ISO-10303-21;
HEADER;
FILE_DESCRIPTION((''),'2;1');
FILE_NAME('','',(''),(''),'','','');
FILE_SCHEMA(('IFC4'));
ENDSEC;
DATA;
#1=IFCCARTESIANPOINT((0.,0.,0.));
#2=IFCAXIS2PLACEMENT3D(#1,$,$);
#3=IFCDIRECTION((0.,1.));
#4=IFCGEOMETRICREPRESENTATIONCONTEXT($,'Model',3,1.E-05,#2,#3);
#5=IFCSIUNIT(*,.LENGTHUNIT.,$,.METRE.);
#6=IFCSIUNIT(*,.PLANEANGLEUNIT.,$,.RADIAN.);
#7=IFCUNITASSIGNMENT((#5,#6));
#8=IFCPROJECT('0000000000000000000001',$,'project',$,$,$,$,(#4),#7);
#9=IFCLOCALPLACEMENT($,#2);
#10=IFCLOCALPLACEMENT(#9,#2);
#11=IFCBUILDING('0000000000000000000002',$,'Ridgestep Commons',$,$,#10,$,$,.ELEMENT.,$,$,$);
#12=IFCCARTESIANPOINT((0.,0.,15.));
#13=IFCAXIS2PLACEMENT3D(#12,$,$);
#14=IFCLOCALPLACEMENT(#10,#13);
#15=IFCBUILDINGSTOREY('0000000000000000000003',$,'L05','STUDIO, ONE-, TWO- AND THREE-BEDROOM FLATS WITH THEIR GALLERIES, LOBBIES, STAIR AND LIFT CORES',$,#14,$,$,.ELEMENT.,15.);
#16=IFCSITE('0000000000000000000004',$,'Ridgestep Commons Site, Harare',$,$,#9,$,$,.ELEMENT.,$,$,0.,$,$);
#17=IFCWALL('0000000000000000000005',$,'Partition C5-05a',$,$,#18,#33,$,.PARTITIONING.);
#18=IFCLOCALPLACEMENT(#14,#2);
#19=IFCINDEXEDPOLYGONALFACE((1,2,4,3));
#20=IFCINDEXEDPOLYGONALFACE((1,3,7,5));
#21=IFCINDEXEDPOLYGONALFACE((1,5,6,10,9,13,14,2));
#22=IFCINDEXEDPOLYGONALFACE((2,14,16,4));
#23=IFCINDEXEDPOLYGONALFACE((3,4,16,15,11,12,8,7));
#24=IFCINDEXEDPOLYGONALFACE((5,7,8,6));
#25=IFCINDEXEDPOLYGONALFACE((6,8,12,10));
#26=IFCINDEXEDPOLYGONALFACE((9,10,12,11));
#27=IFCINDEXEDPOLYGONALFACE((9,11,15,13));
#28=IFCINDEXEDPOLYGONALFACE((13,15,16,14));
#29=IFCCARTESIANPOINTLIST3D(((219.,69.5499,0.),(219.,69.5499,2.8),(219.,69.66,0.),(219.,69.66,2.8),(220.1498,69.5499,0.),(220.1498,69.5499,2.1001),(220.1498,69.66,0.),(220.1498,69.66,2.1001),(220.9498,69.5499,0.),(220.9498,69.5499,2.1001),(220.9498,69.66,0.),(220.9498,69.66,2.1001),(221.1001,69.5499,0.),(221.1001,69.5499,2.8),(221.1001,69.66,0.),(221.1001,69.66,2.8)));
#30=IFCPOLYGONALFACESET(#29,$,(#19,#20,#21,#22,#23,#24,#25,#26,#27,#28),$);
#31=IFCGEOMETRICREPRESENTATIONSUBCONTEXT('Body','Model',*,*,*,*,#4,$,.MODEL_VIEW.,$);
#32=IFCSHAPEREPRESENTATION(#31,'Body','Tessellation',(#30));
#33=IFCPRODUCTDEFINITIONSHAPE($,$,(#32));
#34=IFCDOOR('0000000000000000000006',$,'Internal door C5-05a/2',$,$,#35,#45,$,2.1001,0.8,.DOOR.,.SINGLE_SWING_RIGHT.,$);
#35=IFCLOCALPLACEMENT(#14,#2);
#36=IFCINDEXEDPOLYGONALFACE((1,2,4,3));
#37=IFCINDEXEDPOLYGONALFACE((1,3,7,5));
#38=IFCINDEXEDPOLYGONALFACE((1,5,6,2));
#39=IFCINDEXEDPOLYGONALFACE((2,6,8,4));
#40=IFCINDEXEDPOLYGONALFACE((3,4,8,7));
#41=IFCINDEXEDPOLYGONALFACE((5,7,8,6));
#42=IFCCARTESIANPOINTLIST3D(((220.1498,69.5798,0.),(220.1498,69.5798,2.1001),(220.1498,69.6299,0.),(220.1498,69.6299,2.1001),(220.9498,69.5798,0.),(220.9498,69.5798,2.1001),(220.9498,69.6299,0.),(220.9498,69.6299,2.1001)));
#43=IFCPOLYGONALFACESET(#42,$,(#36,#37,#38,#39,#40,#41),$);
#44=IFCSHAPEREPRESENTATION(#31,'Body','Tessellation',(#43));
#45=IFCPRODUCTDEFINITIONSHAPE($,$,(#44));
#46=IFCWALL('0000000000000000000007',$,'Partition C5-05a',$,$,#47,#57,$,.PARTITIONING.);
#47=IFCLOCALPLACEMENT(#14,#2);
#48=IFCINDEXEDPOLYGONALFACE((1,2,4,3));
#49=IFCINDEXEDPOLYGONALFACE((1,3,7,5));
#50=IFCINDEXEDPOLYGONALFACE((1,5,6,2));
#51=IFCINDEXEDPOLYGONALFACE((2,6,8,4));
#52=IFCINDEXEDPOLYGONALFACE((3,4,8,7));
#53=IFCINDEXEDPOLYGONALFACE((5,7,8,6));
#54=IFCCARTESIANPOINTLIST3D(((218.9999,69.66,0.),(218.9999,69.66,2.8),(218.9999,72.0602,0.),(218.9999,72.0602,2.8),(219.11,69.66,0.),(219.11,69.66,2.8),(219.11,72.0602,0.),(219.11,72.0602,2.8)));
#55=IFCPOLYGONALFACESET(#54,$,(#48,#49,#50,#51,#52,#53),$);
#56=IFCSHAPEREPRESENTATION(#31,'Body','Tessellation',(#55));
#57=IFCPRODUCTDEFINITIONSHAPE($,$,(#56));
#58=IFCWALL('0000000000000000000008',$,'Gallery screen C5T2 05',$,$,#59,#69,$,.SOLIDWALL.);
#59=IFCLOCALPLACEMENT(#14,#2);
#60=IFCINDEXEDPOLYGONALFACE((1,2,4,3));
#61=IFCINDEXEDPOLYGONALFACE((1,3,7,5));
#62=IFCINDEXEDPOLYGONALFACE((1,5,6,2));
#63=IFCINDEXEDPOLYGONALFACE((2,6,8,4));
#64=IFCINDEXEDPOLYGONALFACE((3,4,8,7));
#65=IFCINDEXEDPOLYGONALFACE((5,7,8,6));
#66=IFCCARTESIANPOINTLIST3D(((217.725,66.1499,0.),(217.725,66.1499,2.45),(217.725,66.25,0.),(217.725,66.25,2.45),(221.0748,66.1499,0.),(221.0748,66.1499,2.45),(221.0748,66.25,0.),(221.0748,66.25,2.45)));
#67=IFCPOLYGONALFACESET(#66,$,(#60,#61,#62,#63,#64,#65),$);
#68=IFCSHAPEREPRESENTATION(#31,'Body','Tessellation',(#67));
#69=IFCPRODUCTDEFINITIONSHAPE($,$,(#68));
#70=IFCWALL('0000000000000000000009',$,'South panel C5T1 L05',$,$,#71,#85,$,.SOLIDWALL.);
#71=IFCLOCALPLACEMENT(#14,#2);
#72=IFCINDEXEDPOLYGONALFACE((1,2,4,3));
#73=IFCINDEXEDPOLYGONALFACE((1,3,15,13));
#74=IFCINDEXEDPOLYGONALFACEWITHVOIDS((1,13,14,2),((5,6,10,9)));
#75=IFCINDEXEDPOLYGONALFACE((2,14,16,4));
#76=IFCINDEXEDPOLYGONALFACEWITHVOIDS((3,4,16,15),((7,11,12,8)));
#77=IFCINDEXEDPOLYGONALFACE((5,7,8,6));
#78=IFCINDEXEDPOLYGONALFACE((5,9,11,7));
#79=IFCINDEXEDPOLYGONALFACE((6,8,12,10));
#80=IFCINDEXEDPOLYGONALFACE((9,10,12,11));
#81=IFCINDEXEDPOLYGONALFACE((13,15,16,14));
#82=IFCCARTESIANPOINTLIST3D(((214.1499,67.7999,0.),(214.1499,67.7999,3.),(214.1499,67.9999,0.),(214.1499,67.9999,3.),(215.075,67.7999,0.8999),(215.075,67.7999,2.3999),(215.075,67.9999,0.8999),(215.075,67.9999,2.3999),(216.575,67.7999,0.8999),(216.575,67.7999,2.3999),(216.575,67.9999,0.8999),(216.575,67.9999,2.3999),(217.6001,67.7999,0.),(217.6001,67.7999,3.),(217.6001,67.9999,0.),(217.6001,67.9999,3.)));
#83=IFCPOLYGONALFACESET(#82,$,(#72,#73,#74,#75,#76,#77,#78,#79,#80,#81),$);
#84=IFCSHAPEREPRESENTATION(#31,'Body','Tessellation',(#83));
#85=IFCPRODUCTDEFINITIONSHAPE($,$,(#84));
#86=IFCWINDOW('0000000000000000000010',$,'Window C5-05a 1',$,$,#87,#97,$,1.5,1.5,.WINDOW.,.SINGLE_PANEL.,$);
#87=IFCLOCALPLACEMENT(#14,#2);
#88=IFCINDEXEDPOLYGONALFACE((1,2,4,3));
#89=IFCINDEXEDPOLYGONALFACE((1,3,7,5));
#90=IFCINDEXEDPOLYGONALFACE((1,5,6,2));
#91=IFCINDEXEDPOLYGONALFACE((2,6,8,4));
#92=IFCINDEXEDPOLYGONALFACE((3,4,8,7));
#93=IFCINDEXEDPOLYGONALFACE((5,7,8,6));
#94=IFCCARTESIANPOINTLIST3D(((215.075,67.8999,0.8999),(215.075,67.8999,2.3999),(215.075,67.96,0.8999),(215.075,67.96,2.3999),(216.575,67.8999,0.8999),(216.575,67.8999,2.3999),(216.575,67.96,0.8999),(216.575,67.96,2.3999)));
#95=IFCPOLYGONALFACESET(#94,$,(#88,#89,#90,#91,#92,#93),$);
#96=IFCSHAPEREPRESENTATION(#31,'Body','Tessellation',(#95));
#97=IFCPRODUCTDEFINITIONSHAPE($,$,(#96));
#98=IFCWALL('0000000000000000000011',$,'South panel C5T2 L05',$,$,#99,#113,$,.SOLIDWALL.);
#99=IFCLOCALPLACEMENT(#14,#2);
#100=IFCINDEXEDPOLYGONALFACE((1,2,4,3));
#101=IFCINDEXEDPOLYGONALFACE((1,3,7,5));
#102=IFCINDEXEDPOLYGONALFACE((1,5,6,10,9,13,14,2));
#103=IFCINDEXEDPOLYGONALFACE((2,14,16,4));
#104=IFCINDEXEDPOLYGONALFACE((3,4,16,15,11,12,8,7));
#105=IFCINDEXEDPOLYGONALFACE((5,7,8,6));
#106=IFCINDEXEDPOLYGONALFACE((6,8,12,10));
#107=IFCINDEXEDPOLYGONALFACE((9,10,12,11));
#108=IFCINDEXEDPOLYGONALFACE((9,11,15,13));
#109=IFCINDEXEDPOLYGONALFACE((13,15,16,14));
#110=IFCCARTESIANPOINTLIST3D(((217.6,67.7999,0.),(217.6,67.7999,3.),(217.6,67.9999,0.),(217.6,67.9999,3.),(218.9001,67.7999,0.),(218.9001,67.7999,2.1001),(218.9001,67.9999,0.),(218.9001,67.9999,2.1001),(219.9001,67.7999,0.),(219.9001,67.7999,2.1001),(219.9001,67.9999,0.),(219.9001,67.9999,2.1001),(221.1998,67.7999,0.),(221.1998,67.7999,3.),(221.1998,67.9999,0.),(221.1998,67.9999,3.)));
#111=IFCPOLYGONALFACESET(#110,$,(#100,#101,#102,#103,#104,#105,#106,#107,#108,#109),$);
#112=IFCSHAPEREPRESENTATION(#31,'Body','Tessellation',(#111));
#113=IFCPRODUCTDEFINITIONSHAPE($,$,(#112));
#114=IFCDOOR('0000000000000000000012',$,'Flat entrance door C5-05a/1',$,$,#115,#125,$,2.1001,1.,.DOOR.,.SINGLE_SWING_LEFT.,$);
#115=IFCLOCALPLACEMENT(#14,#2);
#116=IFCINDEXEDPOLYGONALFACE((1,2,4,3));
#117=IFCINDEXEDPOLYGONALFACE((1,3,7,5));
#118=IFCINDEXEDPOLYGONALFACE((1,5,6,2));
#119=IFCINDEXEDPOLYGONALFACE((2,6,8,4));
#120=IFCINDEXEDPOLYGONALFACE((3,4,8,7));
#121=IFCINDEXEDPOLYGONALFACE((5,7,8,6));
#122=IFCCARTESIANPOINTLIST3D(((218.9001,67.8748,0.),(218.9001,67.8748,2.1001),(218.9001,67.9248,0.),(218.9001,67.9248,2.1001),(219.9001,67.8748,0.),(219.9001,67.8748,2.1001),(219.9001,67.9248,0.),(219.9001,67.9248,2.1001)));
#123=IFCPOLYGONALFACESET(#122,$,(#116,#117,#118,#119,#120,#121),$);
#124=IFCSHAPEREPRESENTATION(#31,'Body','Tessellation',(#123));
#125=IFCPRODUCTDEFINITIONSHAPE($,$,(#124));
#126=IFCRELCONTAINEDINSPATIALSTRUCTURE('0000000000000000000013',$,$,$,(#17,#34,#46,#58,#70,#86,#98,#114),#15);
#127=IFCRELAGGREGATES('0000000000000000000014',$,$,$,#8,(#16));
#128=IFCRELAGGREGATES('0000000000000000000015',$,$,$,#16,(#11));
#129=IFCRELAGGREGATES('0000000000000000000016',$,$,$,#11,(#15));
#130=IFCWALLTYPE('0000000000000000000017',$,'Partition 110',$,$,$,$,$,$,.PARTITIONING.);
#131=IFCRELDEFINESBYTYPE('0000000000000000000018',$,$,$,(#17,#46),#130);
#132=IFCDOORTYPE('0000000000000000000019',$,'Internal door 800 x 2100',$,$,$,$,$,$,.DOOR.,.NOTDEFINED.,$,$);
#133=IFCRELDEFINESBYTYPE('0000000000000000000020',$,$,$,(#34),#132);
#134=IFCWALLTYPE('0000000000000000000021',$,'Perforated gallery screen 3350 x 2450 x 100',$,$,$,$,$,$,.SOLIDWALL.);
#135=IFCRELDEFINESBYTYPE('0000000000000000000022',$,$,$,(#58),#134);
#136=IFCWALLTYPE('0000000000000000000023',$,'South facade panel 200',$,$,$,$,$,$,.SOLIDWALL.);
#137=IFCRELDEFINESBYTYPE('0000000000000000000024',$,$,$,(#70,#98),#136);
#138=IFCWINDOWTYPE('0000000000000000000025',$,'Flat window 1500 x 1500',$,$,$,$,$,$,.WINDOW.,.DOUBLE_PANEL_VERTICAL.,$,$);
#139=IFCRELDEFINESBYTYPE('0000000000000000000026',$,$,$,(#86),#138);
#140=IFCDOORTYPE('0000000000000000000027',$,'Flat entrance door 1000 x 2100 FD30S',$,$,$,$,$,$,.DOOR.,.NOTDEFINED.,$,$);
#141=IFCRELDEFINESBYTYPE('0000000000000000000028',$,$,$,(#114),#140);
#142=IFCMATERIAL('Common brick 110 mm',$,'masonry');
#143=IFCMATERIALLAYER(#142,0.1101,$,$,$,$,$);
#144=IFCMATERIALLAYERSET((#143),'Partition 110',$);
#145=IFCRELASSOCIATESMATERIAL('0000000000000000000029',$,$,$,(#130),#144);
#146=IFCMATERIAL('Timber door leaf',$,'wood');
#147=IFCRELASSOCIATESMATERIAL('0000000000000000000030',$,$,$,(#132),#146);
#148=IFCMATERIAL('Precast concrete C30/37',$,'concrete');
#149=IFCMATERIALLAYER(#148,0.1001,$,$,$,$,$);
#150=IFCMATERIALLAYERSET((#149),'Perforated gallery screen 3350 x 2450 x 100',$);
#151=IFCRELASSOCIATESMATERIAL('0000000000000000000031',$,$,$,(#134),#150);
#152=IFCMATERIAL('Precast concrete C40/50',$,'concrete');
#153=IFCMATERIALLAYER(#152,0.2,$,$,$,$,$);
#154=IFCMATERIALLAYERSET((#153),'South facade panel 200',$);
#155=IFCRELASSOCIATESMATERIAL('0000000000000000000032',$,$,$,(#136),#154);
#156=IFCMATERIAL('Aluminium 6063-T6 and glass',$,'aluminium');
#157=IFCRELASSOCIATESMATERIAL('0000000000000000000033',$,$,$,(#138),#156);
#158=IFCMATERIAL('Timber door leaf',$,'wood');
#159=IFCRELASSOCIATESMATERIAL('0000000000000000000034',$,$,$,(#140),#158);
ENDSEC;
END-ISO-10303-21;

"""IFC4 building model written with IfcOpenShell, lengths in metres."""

from ifc_helpers import new_model, si_unit, direction, frame, frame_2d, origin, place, context, subcontext, project, spatial, rectangle, extrude, material, layer, layer_set, type_object, element, fill, save


model = new_model("IFC4")

# Units and contexts
model_context = context("Model", 3, precision=1e-05, world=origin(), true_north=direction((0.0, 1.0)))
body_context = subcontext(model_context, "Body", "Model", "MODEL_VIEW")
ifc_project = project(units=[si_unit("LENGTHUNIT", "METRE"), si_unit("PLANEANGLEUNIT", "RADIAN")], contexts=[model_context])

# Site, building, storey
site_placement = place(None, origin())
site = spatial("IfcSite", under=ifc_project, at=site_placement, Name="Ridgestep Commons Site, Harare", CompositionType="ELEMENT", RefElevation=0.0)
building_placement = place(site_placement, origin())
building = spatial("IfcBuilding", under=site, at=building_placement, Name="Ridgestep Commons", CompositionType="ELEMENT")
storey_placement = place(building_placement, frame((0.0, 0.0, 15.0)))
storey = spatial("IfcBuildingStorey", under=building, at=storey_placement, Name="L05", Description="STUDIO, ONE-, TWO- AND THREE-BEDROOM FLATS WITH THEIR GALLERIES, LOBBIES, STAIR AND LIFT CORES", CompositionType="ELEMENT", Elevation=15.0)

# Shared definitions
ifc_material_1 = material(Name="Common brick 110 mm", Category="masonry")
ifc_layer_1 = layer(ifc_material_1, 0.1101)
ifc_layer_set_1 = layer_set([ifc_layer_1], Name="Partition 110")
wall_type_1 = type_object("IfcWallType", Name="Partition 110", PredefinedType="PARTITIONING", material=ifc_layer_set_1)
ifc_material_2 = material(Name="Timber door leaf", Category="wood")
door_type_1 = type_object("IfcDoorType", Name="Internal door 800 x 2100", OperationType="NOTDEFINED", PredefinedType="DOOR", material=ifc_material_2)

# Wall, opening, door
wall_1_placement = place(storey_placement, frame((219.0, 69.605, 0.0), z_axis=(0.0, 0.0, 1.0), x_axis=(1.0, 0.0, 0.0)))
wall_1 = element("IfcWall", 1, at=wall_1_placement, inside=storey, type_object=wall_type_1, Name="Partition C5-05a", PredefinedType="PARTITIONING", context=body_context, shape_type="SweptSolid", body=[
    extrude(rectangle(XDim=2.1001, YDim=0.1101, at=frame_2d((1.05, 0.0))), origin(), (0.0, 0.0, 1.0), 2.8),
])
opening_1_placement = place(wall_1_placement, frame((1.1499, 0.0, 0.0)))
opening_1 = element("IfcOpeningElement", 2, at=opening_1_placement, cuts=wall_1, PredefinedType="OPENING", context=body_context, shape_type="SweptSolid", body=[
    extrude(rectangle(XDim=0.8, YDim=2.1001, at=frame_2d((0.3999, 1.05))), frame((0.0, 0.0649, 0.0), z_axis=(0.0, -1.0, 0.0), x_axis=(1.0, 0.0, 0.0)), (0.0, 0.0, 1.0), 0.1301),
])
door_1_placement = place(opening_1_placement, origin())
door_1 = element("IfcDoor", 3, at=door_1_placement, inside=storey, type_object=door_type_1, Name="Internal door C5-05a/2", OperationType="SINGLE_SWING_RIGHT", OverallHeight=2.1001, OverallWidth=0.8, PredefinedType="DOOR", context=body_context, shape_type="SweptSolid", body=[
    extrude(rectangle(XDim=0.8, YDim=2.1001, at=frame_2d((0.3999, 1.05))), frame((0.0, 0.0249, 0.0), z_axis=(0.0, -1.0, 0.0), x_axis=(1.0, 0.0, 0.0)), (0.0, 0.0, 1.0), 0.05),
])
fill(opening_1, door_1)

# Walls
wall_2_placement = place(storey_placement, frame((219.0549, 69.6599, 0.0), z_axis=(0.0, 0.0, 1.0), x_axis=(0.0, 1.0, 0.0)))
element("IfcWall", 4, at=wall_2_placement, inside=storey, type_object=wall_type_1, Name="Partition C5-05a", PredefinedType="PARTITIONING", context=body_context, shape_type="SweptSolid", body=[
    extrude(rectangle(XDim=2.4001, YDim=0.1101, at=frame_2d((1.2002, 0.0))), origin(), (0.0, 0.0, 1.0), 2.8),
])
ifc_material_3 = material(Name="Precast concrete C30/37", Category="concrete")
ifc_layer_2 = layer(ifc_material_3, 0.1001)
ifc_layer_set_2 = layer_set([ifc_layer_2], Name="Perforated gallery screen 3350 x 2450 x 100")
wall_type_2 = type_object("IfcWallType", Name="Perforated gallery screen 3350 x 2450 x 100", PredefinedType="SOLIDWALL", material=ifc_layer_set_2)
wall_3_placement = place(storey_placement, frame((217.7251, 66.2, 0.0), z_axis=(0.0, 0.0, 1.0), x_axis=(1.0, 0.0, 0.0)))
element("IfcWall", 5, at=wall_3_placement, inside=storey, type_object=wall_type_2, Name="Gallery screen C5T2 05", PredefinedType="SOLIDWALL", context=body_context, shape_type="SweptSolid", body=[
    extrude(rectangle(XDim=3.3499, YDim=0.1001, at=frame_2d((1.6748, 0.0))), origin(), (0.0, 0.0, 1.0), 2.45),
])

# Wall, opening, window
ifc_material_4 = material(Name="Precast concrete C40/50", Category="concrete")
ifc_layer_3 = layer(ifc_material_4, 0.2)
ifc_layer_set_3 = layer_set([ifc_layer_3], Name="South facade panel 200")
wall_type_3 = type_object("IfcWallType", Name="South facade panel 200", PredefinedType="SOLIDWALL", material=ifc_layer_set_3)
wall_4_placement = place(storey_placement, frame((214.1499, 67.8999, 0.0), z_axis=(0.0, 0.0, 1.0), x_axis=(1.0, 0.0, 0.0)))
wall_4 = element("IfcWall", 6, at=wall_4_placement, inside=storey, type_object=wall_type_3, Name="South panel C5T1 L05", PredefinedType="SOLIDWALL", context=body_context, shape_type="SweptSolid", body=[
    extrude(rectangle(XDim=3.4502, YDim=0.2, at=frame_2d((1.7251, 0.0))), origin(), (0.0, 0.0, 1.0), 3.0),
])
opening_2_placement = place(wall_4_placement, frame((0.925, 0.0, 0.8999)))
opening_2 = element("IfcOpeningElement", 7, at=opening_2_placement, cuts=wall_4, PredefinedType="OPENING", context=body_context, shape_type="SweptSolid", body=[
    extrude(rectangle(XDim=1.5, YDim=1.5, at=frame_2d((0.75, 0.75))), frame((0.0, 0.1099, 0.0), z_axis=(0.0, -1.0, 0.0), x_axis=(1.0, 0.0, 0.0)), (0.0, 0.0, 1.0), 0.22),
])
ifc_material_5 = material(Name="Aluminium 6063-T6 and glass", Category="aluminium")
window_type = type_object("IfcWindowType", Name="Flat window 1500 x 1500", PartitioningType="DOUBLE_PANEL_VERTICAL", PredefinedType="WINDOW", material=ifc_material_5)
window_placement = place(opening_2_placement, origin())
window = element("IfcWindow", 8, at=window_placement, inside=storey, type_object=window_type, Name="Window C5-05a 1", OverallHeight=1.5, OverallWidth=1.5, PartitioningType="SINGLE_PANEL", PredefinedType="WINDOW", context=body_context, shape_type="SweptSolid", body=[
    extrude(rectangle(XDim=1.5, YDim=1.5, at=frame_2d((0.75, 0.75))), frame((0.0, 0.0601, 0.0), z_axis=(0.0, -1.0, 0.0), x_axis=(1.0, 0.0, 0.0)), (0.0, 0.0, 1.0), 0.0601),
])
fill(opening_2, window)

# Wall, opening, door
wall_5_placement = place(storey_placement, frame((217.6001, 67.8999, 0.0), z_axis=(0.0, 0.0, 1.0), x_axis=(1.0, 0.0, 0.0)))
wall_5 = element("IfcWall", 9, at=wall_5_placement, inside=storey, type_object=wall_type_3, Name="South panel C5T2 L05", PredefinedType="SOLIDWALL", context=body_context, shape_type="SweptSolid", body=[
    extrude(rectangle(XDim=3.5999, YDim=0.2, at=frame_2d((1.7998, 0.0))), origin(), (0.0, 0.0, 1.0), 3.0),
])
opening_3_placement = place(wall_5_placement, frame((1.3, 0.0, 0.0)))
opening_3 = element("IfcOpeningElement", 10, at=opening_3_placement, cuts=wall_5, PredefinedType="OPENING", context=body_context, shape_type="SweptSolid", body=[
    extrude(rectangle(XDim=1.0, YDim=2.1001, at=frame_2d((0.5, 1.05))), frame((0.0, 0.1099, 0.0), z_axis=(0.0, -1.0, 0.0), x_axis=(1.0, 0.0, 0.0)), (0.0, 0.0, 1.0), 0.22),
])
ifc_material_6 = material(Name="Timber door leaf", Category="wood")
door_type_2 = type_object("IfcDoorType", Name="Flat entrance door 1000 x 2100 FD30S", OperationType="NOTDEFINED", PredefinedType="DOOR", material=ifc_material_6)
door_2_placement = place(opening_3_placement, origin())
door_2 = element("IfcDoor", 11, at=door_2_placement, inside=storey, type_object=door_type_2, Name="Flat entrance door C5-05a/1", OperationType="SINGLE_SWING_LEFT", OverallHeight=2.1001, OverallWidth=1.0, PredefinedType="DOOR", context=body_context, shape_type="SweptSolid", body=[
    extrude(rectangle(XDim=1.0, YDim=2.1001, at=frame_2d((0.5, 1.05))), frame((0.0, 0.0249, 0.0), z_axis=(0.0, -1.0, 0.0), x_axis=(1.0, 0.0, 0.0)), (0.0, 0.0, 1.0), 0.05),
])
fill(opening_3, door_2)

save(model, "model.ifc")
